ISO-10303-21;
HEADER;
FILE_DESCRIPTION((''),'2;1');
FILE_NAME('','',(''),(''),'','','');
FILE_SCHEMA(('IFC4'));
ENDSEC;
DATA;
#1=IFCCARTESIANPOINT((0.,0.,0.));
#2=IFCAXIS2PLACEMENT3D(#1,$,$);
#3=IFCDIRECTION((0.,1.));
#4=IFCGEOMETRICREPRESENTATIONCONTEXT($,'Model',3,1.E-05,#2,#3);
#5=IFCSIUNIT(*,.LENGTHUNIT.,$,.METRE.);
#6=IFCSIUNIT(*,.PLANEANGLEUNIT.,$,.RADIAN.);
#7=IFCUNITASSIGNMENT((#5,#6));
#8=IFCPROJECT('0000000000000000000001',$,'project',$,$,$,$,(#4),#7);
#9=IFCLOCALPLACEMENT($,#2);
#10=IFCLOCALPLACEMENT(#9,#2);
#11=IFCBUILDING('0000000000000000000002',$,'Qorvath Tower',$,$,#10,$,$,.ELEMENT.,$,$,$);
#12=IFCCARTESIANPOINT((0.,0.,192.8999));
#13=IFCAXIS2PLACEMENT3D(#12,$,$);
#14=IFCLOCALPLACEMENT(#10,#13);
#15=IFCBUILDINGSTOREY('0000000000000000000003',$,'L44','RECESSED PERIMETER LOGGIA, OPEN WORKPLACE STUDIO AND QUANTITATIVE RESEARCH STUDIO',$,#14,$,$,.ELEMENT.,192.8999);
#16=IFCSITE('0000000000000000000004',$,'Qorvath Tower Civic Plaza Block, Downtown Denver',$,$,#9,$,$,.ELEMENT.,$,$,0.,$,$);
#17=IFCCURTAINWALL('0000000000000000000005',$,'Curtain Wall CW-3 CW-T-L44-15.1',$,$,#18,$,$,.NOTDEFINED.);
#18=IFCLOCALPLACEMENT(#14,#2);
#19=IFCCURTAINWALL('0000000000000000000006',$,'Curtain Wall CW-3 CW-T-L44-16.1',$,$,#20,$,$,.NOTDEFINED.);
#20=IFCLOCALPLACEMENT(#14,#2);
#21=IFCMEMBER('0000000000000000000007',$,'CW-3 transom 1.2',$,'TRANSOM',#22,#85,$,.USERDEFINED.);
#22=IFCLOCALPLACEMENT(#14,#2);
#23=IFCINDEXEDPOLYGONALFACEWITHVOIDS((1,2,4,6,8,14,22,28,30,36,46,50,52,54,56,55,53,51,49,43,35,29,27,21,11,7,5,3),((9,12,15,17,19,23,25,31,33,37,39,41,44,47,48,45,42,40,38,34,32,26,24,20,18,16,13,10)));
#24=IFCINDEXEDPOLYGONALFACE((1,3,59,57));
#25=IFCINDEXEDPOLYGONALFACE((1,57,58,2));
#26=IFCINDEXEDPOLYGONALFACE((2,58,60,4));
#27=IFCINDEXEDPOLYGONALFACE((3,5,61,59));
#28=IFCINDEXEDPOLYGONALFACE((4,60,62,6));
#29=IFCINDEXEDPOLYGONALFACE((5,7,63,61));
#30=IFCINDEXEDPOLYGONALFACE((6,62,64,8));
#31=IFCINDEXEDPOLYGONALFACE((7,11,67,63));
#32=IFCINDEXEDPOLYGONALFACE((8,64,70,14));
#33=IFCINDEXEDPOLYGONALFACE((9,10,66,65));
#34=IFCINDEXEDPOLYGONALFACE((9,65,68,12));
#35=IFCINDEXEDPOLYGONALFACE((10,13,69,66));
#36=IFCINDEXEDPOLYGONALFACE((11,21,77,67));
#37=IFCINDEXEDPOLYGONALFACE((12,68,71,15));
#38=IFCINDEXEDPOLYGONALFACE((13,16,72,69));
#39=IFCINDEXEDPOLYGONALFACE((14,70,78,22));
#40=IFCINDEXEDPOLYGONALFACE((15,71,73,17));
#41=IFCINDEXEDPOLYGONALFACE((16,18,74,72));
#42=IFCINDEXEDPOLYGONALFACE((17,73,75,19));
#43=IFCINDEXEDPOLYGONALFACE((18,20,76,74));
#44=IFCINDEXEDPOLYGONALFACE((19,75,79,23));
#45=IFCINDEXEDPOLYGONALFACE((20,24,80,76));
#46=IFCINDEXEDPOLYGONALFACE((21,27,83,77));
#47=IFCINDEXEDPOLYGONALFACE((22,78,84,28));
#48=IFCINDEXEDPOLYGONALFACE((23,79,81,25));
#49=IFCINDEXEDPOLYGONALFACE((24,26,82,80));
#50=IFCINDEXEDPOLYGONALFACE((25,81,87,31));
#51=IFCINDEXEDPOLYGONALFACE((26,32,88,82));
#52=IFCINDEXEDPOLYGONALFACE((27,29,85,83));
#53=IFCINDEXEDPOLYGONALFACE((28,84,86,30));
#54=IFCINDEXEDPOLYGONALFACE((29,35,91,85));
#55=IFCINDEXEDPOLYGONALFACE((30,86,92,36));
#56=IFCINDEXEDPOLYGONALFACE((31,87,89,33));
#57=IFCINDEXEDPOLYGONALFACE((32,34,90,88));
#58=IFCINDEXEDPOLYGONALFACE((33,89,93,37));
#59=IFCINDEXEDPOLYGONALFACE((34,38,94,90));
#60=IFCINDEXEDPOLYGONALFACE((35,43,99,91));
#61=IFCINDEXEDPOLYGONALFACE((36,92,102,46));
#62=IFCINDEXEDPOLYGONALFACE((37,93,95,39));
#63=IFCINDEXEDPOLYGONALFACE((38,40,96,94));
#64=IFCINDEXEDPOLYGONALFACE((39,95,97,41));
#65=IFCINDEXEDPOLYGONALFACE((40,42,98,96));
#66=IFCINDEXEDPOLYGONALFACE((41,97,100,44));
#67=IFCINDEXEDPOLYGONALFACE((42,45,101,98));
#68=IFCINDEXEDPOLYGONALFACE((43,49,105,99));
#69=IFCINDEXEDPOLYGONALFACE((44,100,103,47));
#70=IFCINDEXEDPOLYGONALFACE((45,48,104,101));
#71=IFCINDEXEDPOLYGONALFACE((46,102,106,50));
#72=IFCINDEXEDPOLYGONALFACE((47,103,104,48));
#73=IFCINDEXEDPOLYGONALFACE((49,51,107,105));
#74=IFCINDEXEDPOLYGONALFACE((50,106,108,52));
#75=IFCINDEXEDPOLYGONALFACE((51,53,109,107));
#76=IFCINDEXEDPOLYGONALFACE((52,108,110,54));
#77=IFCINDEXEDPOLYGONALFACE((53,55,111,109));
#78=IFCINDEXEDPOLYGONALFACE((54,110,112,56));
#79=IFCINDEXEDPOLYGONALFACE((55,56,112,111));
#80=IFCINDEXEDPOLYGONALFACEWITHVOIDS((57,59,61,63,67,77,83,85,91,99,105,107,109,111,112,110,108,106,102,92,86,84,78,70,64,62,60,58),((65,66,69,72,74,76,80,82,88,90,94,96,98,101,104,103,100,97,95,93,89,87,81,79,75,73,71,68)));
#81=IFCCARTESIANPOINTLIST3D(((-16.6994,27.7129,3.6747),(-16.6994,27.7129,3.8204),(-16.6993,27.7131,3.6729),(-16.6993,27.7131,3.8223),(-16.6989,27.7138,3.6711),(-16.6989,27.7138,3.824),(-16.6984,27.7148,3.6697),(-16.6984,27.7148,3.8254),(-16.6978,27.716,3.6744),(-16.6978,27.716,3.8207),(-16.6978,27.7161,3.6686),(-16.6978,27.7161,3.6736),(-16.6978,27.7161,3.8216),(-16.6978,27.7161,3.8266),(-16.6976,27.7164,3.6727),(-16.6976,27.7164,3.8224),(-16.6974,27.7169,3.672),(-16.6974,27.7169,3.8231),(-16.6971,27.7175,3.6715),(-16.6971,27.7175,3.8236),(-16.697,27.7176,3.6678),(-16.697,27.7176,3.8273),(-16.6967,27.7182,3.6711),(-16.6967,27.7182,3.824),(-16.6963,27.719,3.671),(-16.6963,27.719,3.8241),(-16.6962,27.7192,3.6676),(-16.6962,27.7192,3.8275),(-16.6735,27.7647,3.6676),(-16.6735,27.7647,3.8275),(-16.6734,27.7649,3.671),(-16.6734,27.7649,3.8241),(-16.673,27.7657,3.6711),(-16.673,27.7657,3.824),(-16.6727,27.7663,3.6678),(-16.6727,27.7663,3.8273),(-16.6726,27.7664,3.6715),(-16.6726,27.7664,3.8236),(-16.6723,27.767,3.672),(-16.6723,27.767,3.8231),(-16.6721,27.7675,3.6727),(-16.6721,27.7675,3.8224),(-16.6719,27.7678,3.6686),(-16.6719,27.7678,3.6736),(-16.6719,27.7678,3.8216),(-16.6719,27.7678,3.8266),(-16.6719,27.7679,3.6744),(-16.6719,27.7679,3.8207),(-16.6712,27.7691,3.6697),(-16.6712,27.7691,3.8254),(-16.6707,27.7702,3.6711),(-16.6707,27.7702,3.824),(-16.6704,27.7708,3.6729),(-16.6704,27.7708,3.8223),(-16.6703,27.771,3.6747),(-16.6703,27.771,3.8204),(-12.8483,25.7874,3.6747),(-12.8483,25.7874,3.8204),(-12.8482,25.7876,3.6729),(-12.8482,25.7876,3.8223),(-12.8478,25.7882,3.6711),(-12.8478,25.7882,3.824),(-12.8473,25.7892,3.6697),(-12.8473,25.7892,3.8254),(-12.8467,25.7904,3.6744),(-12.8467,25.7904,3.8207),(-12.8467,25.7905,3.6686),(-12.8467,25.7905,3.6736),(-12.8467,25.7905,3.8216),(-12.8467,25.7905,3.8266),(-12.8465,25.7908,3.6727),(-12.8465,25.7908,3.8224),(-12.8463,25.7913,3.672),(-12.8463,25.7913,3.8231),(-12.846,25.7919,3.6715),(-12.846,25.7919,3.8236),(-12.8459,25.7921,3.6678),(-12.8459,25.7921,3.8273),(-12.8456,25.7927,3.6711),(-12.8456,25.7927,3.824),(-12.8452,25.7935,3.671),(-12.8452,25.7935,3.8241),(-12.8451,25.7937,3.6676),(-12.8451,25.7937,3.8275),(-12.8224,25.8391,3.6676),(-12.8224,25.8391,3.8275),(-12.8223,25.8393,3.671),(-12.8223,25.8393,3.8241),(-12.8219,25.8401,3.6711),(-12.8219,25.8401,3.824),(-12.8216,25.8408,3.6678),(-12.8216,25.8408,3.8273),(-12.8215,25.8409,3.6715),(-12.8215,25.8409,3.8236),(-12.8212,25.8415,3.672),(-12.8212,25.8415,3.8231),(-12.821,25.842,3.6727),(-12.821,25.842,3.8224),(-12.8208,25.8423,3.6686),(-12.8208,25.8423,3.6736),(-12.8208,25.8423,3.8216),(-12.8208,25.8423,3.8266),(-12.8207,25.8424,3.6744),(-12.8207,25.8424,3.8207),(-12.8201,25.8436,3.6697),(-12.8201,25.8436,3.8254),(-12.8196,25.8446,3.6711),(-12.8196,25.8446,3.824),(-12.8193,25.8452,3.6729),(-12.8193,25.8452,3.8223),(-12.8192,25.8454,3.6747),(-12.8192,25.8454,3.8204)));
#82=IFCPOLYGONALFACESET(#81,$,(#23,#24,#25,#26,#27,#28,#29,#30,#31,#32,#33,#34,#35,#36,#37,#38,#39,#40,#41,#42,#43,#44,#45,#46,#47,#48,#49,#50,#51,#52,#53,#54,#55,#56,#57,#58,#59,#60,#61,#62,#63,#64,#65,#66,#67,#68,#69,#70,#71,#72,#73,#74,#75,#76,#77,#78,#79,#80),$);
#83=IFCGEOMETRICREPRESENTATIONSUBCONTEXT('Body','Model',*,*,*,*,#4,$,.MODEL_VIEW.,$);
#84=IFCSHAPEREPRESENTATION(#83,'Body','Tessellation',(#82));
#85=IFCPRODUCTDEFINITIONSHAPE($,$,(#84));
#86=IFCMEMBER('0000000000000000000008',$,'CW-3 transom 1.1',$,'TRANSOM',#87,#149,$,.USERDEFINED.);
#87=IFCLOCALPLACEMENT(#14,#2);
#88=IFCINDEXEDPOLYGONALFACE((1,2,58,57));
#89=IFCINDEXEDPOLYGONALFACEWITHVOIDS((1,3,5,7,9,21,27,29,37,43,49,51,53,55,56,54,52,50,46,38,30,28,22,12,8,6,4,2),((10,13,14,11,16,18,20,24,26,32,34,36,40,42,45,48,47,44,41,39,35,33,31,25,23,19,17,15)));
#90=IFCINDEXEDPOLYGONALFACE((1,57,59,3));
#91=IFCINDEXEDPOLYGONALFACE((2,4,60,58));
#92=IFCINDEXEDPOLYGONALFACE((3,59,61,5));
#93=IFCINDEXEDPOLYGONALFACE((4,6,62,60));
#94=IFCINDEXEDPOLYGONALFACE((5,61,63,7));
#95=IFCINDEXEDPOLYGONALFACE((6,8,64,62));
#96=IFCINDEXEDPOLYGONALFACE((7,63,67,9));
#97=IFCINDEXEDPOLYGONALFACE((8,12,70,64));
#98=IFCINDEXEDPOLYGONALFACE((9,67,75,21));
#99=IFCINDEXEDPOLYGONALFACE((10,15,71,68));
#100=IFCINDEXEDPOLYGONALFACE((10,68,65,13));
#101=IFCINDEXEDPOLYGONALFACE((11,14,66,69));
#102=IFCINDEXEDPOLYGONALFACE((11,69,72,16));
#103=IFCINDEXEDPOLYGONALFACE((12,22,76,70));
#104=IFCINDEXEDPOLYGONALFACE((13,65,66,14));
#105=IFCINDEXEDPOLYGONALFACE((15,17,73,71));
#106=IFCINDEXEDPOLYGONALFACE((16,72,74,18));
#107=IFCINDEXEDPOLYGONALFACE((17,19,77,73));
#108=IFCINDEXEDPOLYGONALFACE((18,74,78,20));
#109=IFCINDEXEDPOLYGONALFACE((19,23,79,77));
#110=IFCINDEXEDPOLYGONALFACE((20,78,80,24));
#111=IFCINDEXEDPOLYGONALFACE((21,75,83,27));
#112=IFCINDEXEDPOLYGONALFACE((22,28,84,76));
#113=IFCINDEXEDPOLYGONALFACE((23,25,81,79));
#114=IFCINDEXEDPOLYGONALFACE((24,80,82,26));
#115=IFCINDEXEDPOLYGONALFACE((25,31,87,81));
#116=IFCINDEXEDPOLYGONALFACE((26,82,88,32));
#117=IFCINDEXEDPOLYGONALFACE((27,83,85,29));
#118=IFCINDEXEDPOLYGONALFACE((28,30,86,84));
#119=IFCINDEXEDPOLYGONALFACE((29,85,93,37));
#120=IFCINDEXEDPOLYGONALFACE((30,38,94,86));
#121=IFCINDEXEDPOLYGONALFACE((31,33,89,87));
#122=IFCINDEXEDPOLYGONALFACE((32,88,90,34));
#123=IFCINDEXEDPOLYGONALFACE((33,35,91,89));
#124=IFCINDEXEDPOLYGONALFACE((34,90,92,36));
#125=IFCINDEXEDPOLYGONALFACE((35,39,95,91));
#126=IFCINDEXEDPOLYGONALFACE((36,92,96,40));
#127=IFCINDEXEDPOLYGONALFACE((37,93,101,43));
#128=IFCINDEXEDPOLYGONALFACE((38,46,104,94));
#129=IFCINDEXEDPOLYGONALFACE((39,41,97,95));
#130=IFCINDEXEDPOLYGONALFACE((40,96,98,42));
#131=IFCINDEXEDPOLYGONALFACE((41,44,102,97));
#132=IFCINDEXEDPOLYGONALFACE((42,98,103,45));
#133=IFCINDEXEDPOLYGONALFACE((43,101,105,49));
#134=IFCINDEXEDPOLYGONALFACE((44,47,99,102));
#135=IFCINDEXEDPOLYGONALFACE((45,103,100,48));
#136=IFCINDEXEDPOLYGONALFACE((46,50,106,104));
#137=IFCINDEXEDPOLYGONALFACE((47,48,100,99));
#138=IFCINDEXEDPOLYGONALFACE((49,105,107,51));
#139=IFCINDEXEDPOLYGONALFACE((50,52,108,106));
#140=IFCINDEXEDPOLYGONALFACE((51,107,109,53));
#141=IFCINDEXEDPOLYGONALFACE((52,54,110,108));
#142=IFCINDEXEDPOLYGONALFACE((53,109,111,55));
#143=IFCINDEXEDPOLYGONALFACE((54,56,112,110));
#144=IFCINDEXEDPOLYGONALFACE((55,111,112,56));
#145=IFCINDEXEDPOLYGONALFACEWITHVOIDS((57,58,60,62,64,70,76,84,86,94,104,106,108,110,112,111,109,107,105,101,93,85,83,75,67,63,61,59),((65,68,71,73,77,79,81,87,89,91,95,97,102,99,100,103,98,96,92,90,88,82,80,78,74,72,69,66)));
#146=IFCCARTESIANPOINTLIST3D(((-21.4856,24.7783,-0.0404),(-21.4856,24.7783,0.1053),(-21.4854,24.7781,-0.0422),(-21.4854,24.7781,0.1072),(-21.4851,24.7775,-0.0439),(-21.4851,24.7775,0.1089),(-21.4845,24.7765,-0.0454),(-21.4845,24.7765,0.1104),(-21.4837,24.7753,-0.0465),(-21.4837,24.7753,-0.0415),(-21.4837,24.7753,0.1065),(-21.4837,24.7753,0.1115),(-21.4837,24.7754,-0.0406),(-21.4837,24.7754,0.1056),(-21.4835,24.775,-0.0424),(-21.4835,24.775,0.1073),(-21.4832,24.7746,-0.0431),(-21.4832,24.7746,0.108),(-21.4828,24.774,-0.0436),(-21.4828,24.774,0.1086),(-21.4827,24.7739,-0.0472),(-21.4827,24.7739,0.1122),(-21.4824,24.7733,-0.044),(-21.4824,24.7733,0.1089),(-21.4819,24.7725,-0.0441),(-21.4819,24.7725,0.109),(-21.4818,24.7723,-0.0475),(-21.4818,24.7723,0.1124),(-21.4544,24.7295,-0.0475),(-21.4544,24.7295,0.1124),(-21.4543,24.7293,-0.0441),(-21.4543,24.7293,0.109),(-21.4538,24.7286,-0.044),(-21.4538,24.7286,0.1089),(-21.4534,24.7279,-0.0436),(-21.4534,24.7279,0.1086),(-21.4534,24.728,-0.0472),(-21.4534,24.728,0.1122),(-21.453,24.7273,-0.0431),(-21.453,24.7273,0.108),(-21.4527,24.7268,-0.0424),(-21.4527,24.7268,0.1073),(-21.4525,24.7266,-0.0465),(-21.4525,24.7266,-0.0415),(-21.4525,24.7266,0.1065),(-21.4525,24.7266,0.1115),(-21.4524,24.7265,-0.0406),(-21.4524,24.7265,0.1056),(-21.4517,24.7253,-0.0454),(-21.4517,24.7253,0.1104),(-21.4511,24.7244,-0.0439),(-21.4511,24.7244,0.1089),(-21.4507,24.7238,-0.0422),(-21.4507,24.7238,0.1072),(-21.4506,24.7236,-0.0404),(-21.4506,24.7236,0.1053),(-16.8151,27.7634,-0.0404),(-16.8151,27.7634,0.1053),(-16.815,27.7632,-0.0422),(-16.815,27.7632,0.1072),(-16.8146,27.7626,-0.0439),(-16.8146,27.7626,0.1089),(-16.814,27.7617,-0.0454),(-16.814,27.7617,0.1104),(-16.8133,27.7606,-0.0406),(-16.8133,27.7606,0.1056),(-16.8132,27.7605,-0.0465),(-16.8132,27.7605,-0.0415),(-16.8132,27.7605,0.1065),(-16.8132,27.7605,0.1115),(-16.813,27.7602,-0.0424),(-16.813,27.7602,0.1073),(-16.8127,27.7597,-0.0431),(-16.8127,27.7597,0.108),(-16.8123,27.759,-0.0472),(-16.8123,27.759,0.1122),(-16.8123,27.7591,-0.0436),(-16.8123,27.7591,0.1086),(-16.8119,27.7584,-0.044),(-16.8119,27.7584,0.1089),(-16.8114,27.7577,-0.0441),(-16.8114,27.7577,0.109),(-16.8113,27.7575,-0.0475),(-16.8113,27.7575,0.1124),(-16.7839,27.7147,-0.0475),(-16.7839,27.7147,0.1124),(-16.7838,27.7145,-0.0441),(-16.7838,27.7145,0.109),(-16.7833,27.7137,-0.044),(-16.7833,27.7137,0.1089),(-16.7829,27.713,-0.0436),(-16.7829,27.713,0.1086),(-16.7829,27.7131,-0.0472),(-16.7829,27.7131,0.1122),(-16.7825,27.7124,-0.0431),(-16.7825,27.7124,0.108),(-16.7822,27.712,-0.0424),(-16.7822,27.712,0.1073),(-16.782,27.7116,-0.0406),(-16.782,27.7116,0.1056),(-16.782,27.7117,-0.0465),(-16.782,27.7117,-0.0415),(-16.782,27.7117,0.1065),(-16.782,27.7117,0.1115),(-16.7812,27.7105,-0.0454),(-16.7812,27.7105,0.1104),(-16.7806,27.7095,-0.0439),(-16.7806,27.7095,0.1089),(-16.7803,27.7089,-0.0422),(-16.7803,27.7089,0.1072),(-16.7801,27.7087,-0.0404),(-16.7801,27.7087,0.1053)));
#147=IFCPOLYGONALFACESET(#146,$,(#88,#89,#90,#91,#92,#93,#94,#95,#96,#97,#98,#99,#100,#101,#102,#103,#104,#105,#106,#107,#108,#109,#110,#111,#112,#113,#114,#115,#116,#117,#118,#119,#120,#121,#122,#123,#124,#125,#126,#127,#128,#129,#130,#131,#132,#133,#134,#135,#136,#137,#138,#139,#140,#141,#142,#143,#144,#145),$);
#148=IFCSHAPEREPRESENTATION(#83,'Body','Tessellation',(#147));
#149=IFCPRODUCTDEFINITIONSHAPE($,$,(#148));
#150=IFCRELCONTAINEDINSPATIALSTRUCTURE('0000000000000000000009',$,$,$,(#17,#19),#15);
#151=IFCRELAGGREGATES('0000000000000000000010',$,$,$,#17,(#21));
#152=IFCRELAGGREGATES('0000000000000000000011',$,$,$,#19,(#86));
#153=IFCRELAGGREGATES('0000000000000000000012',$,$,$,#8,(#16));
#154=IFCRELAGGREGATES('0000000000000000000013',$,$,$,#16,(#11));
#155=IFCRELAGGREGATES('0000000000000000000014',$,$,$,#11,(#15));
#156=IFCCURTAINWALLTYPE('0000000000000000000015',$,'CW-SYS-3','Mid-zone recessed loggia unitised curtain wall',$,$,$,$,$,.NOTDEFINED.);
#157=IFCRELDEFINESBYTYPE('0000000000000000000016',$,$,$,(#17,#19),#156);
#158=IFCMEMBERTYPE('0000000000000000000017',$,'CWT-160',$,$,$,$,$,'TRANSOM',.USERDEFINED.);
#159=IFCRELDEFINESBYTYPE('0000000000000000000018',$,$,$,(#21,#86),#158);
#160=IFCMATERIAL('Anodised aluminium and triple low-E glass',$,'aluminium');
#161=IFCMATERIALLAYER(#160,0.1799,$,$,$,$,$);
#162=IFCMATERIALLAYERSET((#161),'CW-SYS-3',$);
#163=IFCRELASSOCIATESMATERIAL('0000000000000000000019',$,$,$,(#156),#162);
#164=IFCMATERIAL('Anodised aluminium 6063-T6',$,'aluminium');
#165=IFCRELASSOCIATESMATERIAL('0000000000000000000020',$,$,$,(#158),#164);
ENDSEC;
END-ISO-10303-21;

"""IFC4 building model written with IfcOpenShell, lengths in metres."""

from ifc_helpers import new_model, si_unit, direction, frame, origin, origin_2d, place, context, subcontext, project, spatial, hollow_rectangle, extrude, material, layer, layer_set, material_profile, profile_set, type_object, element, aggregate, save


model = new_model("IFC4")

# Units and contexts
model_context = context("Model", 3, precision=1e-05, world=origin(), true_north=direction((0.0, 1.0)))
body_context = subcontext(model_context, "Body", "Model", "MODEL_VIEW")
ifc_project = project(units=[si_unit("LENGTHUNIT", "METRE"), si_unit("PLANEANGLEUNIT", "RADIAN")], contexts=[model_context])

# Site, building, storey
site_placement = place(None, origin())
site = spatial("IfcSite", under=ifc_project, at=site_placement, Name="Qorvath Tower Civic Plaza Block, Downtown Denver", CompositionType="ELEMENT", RefElevation=0.0)
building_placement = place(site_placement, origin())
building = spatial("IfcBuilding", under=site, at=building_placement, Name="Qorvath Tower", CompositionType="ELEMENT")
storey_placement = place(building_placement, frame((0.0, 0.0, 192.8999)))
storey = spatial("IfcBuildingStorey", under=building, at=storey_placement, Name="L44", Description="RECESSED PERIMETER LOGGIA, OPEN WORKPLACE STUDIO AND QUANTITATIVE RESEARCH STUDIO", CompositionType="ELEMENT", Elevation=192.8999)

# Curtain wall
ifc_material_1 = material(Name="Anodised aluminium and triple low-E glass", Category="aluminium")
ifc_layer_1 = layer(ifc_material_1, 0.1799)
ifc_layer_set_1 = layer_set([ifc_layer_1], Name="CW-SYS-3")
curtain_wall_type = type_object("IfcCurtainWallType", Name="CW-SYS-3", Description="Mid-zone recessed loggia unitised curtain wall", PredefinedType="NOTDEFINED", material=ifc_layer_set_1)
curtain_wall_1_placement = place(storey_placement, origin())
curtain_wall_1 = element("IfcCurtainWall", 1, at=curtain_wall_1_placement, inside=storey, type_object=curtain_wall_type, Name="Curtain Wall CW-3 CW-T-L44-15.1", PredefinedType="NOTDEFINED")

# Curtain wall
curtain_wall_2_placement = place(storey_placement, origin())
curtain_wall_2 = element("IfcCurtainWall", 2, at=curtain_wall_2_placement, inside=storey, type_object=curtain_wall_type, Name="Curtain Wall CW-3 CW-T-L44-16.1", PredefinedType="NOTDEFINED")

# Members
ifc_material_2 = material(Name="Anodised aluminium 6063-T6", Category="aluminium")
ifc_material_profile_1 = material_profile(ifc_material_2, hollow_rectangle(XDim=0.0649, YDim=0.1599, WallThickness=0.0034, InnerFilletRadius=0.0034, OuterFilletRadius=0.0071, at=origin_2d()), Name="CWT 160x65")
ifc_profile_set_1 = profile_set([ifc_material_profile_1], Name="Anodised aluminium 6063-T6")
member_type_1 = type_object("IfcMemberType", Name="CWT-160", ElementType="TRANSOM", PredefinedType="USERDEFINED", material=ifc_profile_set_1)
member_1_placement = place(storey_placement, frame((-12.8337, 25.8164, 3.7476), z_axis=(-0.894427, 0.447214, 0.0), x_axis=(-0.447214, -0.894427, 0.0)))
member_1 = element("IfcMember", 3, at=member_1_placement, type_object=member_type_1, Name="CW-3 transom 1.2", ObjectType="TRANSOM", PredefinedType="USERDEFINED", context=body_context, shape_type="SweptSolid", body=[
    extrude(hollow_rectangle(XDim=0.0649, YDim=0.1599, WallThickness=0.0034, InnerFilletRadius=0.0034, OuterFilletRadius=0.0071, at=origin_2d()), origin(), (0.0, 0.0, 1.0), 4.3057),
])
member_2_placement = place(storey_placement, frame((-16.7976, 27.7361, 0.0325), z_axis=(-0.842595, -0.538547, 0.0), x_axis=(0.538547, -0.842595, 0.0)))
member_2 = element("IfcMember", 4, at=member_2_placement, type_object=member_type_1, Name="CW-3 transom 1.1", ObjectType="TRANSOM", PredefinedType="USERDEFINED", context=body_context, shape_type="SweptSolid", body=[
    extrude(hollow_rectangle(XDim=0.0649, YDim=0.1599, WallThickness=0.0034, InnerFilletRadius=0.0034, OuterFilletRadius=0.0071, at=origin_2d()), origin(), (0.0, 0.0, 1.0), 5.543),
])

aggregate(curtain_wall_1, [member_1])
aggregate(curtain_wall_2, [member_2])

save(model, "model.ifc")
